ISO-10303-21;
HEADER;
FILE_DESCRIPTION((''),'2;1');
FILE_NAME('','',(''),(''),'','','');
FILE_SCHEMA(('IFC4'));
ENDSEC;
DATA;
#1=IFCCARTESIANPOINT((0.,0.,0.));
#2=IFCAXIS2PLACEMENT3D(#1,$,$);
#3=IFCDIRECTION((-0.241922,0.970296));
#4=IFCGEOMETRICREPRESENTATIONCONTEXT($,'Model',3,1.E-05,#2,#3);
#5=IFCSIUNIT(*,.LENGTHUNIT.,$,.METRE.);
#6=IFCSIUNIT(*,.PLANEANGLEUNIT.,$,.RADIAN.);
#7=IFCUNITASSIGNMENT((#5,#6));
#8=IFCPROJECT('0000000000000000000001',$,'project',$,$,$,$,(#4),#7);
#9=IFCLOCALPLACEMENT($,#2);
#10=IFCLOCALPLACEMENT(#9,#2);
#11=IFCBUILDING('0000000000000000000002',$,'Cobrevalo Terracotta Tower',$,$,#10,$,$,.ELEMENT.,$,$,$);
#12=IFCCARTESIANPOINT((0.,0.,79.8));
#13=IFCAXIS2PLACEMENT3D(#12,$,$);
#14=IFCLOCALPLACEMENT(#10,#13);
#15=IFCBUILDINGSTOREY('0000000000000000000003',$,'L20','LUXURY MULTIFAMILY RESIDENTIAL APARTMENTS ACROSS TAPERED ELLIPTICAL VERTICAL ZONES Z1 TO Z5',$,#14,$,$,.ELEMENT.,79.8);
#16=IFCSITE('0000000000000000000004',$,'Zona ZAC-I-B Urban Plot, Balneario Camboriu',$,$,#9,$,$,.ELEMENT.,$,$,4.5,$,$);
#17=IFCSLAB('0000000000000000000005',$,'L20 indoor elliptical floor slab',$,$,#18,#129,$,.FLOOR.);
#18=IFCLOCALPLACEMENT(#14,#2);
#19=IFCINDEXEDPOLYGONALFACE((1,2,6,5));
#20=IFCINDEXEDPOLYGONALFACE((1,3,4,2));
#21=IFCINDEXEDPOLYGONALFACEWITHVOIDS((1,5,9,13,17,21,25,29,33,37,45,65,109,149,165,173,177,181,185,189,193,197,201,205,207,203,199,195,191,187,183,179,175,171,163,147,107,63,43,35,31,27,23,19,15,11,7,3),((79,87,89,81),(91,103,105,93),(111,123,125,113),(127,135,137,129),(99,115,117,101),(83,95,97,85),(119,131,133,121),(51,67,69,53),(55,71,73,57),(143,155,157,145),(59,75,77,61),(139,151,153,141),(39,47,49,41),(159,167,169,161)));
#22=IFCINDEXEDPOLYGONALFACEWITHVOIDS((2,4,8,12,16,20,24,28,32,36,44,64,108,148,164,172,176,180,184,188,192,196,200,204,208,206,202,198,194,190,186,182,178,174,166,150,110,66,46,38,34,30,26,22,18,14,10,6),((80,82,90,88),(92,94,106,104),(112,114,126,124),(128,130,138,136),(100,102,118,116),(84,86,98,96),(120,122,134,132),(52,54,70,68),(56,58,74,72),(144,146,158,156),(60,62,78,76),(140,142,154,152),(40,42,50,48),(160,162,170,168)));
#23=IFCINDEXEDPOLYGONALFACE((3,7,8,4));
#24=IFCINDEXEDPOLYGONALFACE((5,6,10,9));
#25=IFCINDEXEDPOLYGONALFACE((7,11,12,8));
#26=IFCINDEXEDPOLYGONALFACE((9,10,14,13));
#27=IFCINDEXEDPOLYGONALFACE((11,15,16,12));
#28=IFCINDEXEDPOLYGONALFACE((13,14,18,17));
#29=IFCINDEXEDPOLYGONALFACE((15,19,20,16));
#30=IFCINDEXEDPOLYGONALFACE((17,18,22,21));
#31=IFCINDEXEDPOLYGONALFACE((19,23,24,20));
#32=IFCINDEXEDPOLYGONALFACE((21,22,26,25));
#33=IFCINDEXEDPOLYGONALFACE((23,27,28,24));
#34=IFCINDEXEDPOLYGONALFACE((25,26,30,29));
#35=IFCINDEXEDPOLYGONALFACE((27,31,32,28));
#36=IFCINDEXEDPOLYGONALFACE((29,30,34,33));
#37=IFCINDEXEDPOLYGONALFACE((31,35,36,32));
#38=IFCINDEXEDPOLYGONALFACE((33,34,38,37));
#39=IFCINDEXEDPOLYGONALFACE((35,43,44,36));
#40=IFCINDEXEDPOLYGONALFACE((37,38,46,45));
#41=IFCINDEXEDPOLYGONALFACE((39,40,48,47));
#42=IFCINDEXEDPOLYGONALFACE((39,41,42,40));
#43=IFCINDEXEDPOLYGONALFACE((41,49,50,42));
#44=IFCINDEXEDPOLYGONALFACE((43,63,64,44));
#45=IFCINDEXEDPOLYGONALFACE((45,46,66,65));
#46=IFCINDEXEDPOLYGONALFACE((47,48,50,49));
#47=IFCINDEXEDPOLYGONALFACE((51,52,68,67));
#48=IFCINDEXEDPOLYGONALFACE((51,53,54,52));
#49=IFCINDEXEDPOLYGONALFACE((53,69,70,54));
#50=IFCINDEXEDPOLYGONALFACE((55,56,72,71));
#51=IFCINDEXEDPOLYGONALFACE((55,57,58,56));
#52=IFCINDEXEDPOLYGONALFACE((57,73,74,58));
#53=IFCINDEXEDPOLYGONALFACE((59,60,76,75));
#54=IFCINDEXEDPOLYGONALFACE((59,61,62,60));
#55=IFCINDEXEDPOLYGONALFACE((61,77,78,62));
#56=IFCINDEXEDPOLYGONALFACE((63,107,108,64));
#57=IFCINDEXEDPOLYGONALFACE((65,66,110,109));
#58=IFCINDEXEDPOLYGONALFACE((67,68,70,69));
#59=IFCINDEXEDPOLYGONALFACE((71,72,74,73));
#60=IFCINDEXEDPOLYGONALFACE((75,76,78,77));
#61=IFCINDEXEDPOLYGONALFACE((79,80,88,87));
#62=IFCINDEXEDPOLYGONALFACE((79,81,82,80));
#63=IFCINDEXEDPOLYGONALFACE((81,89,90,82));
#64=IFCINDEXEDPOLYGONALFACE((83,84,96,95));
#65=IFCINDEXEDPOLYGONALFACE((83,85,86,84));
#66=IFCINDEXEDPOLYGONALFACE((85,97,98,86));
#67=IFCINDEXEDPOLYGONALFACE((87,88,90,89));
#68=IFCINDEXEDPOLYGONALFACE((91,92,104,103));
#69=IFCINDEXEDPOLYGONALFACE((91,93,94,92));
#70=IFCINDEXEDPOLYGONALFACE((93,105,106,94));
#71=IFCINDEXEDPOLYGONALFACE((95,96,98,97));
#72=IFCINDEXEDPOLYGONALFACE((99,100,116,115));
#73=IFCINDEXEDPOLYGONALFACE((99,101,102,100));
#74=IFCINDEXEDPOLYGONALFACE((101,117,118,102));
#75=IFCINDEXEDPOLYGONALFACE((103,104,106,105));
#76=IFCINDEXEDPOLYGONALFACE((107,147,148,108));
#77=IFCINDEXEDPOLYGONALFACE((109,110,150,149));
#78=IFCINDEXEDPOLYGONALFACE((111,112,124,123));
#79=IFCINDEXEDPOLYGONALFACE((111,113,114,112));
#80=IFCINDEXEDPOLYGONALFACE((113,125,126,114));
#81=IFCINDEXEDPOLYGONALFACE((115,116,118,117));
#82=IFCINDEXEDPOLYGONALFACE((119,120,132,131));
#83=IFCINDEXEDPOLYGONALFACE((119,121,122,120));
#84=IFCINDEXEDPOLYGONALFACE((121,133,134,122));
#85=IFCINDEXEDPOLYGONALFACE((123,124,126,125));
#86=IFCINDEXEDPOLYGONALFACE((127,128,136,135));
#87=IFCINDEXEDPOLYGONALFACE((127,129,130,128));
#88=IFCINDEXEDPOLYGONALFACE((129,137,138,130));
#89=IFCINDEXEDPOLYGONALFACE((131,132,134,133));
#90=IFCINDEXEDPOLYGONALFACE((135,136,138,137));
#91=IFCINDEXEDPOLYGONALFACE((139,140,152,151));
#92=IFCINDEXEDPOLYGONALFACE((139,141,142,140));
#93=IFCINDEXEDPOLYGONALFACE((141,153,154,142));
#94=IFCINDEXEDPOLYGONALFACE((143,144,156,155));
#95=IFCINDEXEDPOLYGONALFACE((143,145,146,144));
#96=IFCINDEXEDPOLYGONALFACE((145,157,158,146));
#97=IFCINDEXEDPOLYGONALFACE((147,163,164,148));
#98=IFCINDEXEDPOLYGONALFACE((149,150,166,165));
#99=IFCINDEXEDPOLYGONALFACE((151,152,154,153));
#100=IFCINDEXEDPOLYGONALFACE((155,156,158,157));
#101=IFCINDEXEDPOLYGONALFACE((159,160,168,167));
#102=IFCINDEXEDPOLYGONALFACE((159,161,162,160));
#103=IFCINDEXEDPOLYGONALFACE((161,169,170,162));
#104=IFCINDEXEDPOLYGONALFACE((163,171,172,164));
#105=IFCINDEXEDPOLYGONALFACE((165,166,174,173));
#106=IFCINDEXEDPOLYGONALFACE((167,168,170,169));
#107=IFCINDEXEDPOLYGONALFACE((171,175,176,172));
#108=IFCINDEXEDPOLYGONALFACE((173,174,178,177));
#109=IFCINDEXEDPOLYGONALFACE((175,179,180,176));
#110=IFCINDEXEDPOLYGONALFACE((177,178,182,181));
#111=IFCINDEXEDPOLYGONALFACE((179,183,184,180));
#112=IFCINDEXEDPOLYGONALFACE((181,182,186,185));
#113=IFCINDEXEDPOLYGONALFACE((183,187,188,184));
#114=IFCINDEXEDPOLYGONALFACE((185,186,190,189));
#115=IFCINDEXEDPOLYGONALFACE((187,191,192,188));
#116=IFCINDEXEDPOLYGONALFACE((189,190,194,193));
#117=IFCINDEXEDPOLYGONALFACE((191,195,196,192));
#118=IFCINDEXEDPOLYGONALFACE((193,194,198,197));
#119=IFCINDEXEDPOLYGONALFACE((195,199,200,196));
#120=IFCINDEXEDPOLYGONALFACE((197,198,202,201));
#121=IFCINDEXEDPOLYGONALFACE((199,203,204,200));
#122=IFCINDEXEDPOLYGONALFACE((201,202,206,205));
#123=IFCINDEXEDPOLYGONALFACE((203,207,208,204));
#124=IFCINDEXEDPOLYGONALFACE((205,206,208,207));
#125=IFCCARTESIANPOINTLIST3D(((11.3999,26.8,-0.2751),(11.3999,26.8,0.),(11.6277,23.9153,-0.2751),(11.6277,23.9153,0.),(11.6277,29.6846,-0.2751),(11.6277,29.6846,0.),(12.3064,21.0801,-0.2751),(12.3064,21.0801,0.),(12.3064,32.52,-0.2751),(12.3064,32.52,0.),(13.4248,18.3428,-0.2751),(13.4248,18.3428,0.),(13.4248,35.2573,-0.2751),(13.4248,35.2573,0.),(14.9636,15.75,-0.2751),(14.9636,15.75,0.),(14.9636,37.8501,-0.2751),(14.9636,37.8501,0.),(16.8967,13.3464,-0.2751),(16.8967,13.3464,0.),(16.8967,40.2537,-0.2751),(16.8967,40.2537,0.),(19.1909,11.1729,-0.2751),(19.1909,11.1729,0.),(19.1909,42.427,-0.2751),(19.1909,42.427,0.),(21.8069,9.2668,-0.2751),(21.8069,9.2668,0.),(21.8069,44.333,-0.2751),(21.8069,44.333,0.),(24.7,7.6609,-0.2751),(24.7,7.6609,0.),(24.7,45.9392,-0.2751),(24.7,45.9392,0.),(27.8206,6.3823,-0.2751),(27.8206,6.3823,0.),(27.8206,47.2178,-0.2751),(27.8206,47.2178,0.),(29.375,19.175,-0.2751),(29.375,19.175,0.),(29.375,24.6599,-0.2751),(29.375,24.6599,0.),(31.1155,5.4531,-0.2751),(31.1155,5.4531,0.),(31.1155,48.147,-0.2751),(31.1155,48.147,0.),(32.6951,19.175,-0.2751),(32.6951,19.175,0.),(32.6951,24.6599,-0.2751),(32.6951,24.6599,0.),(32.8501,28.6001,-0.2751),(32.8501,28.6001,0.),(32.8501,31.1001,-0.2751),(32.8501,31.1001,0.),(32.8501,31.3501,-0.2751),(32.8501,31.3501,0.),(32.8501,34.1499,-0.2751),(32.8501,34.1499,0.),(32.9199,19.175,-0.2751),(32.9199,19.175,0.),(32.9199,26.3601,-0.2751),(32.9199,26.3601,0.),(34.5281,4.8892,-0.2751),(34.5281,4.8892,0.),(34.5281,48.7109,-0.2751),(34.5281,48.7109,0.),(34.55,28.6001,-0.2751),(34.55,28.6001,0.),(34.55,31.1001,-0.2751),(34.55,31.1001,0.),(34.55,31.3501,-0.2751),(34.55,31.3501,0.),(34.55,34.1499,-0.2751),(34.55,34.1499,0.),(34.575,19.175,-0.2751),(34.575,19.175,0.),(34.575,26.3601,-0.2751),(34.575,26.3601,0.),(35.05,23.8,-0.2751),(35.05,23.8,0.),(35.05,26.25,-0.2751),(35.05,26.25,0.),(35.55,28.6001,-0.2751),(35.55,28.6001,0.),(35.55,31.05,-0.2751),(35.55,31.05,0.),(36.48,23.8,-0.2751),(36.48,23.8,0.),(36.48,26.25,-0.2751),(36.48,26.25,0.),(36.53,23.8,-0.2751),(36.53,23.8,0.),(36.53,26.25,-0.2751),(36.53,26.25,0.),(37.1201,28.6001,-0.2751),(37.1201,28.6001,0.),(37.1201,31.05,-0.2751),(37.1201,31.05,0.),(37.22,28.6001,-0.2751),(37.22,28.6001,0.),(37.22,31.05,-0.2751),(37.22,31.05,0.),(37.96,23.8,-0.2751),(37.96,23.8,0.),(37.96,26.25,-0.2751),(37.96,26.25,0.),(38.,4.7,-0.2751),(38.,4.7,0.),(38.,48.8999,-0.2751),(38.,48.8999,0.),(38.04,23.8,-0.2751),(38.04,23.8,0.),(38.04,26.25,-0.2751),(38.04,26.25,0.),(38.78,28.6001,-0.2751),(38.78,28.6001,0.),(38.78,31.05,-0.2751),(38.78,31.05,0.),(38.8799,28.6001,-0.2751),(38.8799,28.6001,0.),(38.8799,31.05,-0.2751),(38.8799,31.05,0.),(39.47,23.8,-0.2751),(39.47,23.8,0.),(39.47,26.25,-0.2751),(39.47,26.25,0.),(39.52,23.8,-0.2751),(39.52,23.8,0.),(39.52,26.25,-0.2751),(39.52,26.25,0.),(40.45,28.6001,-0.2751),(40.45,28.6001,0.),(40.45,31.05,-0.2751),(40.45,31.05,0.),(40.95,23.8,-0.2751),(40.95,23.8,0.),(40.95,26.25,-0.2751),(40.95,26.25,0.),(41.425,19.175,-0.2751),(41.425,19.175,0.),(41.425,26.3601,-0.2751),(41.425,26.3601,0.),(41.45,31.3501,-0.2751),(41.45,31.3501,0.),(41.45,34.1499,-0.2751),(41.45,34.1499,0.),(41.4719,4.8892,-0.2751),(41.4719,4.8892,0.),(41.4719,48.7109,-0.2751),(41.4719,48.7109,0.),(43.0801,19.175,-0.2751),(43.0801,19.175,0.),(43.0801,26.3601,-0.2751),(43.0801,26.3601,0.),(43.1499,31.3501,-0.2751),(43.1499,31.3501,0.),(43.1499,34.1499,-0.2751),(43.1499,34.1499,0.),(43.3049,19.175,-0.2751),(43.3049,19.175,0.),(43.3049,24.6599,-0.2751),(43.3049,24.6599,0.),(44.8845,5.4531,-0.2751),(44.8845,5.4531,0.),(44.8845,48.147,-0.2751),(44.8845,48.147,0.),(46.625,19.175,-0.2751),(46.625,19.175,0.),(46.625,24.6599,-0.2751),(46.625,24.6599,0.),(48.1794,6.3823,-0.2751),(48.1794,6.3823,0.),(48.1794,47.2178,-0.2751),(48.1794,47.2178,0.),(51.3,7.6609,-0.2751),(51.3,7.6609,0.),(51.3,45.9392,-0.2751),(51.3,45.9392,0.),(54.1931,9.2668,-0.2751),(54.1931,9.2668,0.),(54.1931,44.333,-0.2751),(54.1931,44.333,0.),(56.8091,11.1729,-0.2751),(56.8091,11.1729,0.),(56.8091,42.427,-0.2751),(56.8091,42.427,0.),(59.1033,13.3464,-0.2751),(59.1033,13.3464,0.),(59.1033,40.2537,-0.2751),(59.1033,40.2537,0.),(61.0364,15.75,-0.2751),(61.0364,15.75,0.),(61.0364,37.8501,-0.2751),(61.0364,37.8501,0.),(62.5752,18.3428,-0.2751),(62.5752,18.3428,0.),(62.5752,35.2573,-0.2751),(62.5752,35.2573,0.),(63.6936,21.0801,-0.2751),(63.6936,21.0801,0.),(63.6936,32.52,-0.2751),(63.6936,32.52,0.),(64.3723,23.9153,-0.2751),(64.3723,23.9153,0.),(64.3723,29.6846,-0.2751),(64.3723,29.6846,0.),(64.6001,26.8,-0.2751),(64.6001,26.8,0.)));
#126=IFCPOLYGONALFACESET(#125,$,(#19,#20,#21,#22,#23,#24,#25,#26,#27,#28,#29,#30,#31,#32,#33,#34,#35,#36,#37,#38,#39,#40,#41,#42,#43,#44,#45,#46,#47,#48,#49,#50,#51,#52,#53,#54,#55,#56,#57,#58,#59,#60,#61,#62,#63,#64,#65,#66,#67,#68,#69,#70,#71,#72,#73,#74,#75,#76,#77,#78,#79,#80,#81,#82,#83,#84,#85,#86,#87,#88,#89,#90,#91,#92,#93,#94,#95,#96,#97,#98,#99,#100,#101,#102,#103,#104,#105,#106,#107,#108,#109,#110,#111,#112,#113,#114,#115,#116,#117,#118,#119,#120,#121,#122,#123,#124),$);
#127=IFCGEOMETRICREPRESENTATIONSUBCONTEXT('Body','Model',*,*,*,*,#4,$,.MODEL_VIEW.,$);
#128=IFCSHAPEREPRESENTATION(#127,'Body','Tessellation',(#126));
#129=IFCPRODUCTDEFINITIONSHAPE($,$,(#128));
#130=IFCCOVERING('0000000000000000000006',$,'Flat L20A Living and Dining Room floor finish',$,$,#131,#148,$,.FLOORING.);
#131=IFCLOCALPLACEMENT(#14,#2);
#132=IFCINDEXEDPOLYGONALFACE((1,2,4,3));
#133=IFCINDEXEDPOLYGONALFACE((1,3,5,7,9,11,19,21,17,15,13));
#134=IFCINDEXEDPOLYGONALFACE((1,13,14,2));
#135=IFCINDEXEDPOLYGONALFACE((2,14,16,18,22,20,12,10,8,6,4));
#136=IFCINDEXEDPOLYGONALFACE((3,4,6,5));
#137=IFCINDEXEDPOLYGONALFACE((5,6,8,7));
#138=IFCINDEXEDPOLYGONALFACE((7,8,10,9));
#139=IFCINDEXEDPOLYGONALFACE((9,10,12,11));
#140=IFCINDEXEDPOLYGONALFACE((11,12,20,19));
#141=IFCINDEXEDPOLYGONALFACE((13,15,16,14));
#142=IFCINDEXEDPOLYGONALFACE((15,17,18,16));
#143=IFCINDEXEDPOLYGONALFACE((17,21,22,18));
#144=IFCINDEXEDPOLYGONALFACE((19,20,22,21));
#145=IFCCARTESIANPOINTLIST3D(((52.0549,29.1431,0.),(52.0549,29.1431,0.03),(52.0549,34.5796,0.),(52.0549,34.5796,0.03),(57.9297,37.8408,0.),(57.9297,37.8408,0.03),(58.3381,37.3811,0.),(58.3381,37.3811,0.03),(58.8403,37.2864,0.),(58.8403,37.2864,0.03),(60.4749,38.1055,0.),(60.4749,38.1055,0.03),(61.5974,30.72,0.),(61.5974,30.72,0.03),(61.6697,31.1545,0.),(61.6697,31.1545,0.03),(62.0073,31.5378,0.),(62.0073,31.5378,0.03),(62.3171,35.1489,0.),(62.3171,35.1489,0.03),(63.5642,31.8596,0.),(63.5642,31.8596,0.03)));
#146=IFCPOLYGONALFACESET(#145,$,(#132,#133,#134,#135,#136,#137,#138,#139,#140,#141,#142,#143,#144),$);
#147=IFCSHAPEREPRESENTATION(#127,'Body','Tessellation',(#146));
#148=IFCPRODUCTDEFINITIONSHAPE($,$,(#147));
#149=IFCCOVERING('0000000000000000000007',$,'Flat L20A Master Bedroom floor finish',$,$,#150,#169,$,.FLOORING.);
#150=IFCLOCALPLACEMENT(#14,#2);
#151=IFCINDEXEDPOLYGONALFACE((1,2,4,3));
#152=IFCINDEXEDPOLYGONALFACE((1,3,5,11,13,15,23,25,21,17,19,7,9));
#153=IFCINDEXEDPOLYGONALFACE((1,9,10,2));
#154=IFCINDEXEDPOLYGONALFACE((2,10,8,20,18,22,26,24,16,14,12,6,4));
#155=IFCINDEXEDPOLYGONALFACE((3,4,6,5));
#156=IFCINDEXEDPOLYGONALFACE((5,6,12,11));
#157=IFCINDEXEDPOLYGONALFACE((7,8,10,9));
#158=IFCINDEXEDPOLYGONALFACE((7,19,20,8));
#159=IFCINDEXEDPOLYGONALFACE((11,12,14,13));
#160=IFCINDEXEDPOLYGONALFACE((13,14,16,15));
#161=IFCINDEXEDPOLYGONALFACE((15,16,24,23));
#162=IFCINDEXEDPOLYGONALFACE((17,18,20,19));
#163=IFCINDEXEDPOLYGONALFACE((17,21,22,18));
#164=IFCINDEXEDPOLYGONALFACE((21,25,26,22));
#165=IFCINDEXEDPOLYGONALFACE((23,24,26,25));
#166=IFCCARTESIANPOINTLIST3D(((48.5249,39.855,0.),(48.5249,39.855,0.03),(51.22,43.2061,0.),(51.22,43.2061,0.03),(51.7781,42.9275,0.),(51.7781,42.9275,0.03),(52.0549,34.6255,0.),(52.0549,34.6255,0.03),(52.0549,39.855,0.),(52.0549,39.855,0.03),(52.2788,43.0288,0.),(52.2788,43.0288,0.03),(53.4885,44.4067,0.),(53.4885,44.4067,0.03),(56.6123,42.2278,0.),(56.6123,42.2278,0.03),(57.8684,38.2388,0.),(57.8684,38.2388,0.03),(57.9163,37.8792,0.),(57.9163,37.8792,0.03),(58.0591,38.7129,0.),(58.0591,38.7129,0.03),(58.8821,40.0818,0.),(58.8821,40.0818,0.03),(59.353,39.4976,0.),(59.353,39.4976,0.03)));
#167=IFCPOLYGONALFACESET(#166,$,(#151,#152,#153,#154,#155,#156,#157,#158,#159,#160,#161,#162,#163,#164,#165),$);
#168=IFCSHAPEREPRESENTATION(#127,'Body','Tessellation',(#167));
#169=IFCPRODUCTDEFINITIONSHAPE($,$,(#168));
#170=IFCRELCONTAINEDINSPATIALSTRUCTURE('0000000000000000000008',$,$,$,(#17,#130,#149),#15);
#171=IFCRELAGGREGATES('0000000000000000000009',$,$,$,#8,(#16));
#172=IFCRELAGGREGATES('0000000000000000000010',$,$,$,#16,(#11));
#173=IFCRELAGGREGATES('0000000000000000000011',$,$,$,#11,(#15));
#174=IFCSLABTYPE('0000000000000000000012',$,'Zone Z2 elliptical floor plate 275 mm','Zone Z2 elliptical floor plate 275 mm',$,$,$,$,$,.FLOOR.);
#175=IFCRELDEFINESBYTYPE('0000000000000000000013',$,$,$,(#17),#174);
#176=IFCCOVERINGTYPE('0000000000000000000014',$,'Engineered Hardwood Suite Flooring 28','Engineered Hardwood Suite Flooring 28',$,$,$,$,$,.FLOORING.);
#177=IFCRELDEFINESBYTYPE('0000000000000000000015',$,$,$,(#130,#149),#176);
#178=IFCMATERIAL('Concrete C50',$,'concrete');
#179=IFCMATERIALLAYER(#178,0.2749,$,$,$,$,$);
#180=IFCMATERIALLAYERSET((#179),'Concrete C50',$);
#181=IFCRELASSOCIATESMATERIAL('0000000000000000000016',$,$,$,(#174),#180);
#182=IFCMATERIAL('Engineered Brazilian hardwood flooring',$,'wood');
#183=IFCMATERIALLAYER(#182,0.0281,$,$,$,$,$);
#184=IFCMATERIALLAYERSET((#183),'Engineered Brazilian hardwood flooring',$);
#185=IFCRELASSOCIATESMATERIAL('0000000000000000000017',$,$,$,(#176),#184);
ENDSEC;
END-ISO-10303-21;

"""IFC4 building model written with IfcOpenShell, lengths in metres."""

from ifc_helpers import new_model, si_unit, direction, frame, origin, place, context, subcontext, project, spatial, polyline, outline, extrude, material, layer, layer_set, type_object, element, save


model = new_model("IFC4")

# Units and contexts
model_context = context("Model", 3, precision=1e-05, world=origin(), true_north=direction((-0.241922, 0.970296)))
body_context = subcontext(model_context, "Body", "Model", "MODEL_VIEW")
ifc_project = project(units=[si_unit("LENGTHUNIT", "METRE"), si_unit("PLANEANGLEUNIT", "RADIAN")], contexts=[model_context])

# Site, building, storey
site_placement = place(None, origin())
site = spatial("IfcSite", under=ifc_project, at=site_placement, Name="Zona ZAC-I-B Urban Plot, Balneario Camboriu", CompositionType="ELEMENT", RefElevation=4.5)
building_placement = place(site_placement, origin())
building = spatial("IfcBuilding", under=site, at=building_placement, Name="Cobrevalo Terracotta Tower", CompositionType="ELEMENT")
storey_placement = place(building_placement, frame((0.0, 0.0, 79.8)))
storey = spatial("IfcBuildingStorey", under=building, at=storey_placement, Name="L20", Description="LUXURY MULTIFAMILY RESIDENTIAL APARTMENTS ACROSS TAPERED ELLIPTICAL VERTICAL ZONES Z1 TO Z5", CompositionType="ELEMENT", Elevation=79.8)

# Shared definitions
ifc_material_1 = material(Name="Concrete C50", Category="concrete")

# Slab
ifc_layer_1 = layer(ifc_material_1, 0.2749)
ifc_layer_set_1 = layer_set([ifc_layer_1], Name="Concrete C50")
slab_type_1 = type_object("IfcSlabType", Name="Zone Z2 elliptical floor plate 275 mm", Description="Zone Z2 elliptical floor plate 275 mm", PredefinedType="FLOOR", material=ifc_layer_set_1)
slab_1_placement = place(storey_placement, frame((0.0, 0.0, -0.2751)))
element("IfcSlab", 1, at=slab_1_placement, inside=storey, type_object=slab_type_1, Name="L20 indoor elliptical floor slab", PredefinedType="FLOOR", context=body_context, shape_type="SweptSolid", body=[
    extrude(outline(polyline([(64.3723, 23.9153), (63.6936, 21.0801), (62.5752, 18.3428), (61.0364, 15.75), (59.1033, 13.3464), (56.8091, 11.1729), (54.1931, 9.2668), (51.3, 7.6609), (48.1794, 6.3823), (44.8845, 5.4531), (41.4719, 4.8892), (38.0, 4.7), (34.5281, 4.8892), (31.1155, 5.4531), (27.8206, 6.3823), (24.7, 7.6609), (21.8069, 9.2668), (19.1909, 11.1729), (16.8967, 13.3464), (14.9636, 15.75), (13.4248, 18.3428), (12.3064, 21.0801), (11.6277, 23.9153), (11.3999, 26.8), (11.6277, 29.6846), (12.3064, 32.52), (13.4248, 35.2573), (14.9636, 37.8501), (16.8967, 40.2537), (19.1909, 42.427), (21.8069, 44.333), (24.7, 45.9392), (27.8206, 47.2178), (31.1155, 48.147), (34.5281, 48.7109), (38.0, 48.8999), (41.4719, 48.7109), (44.8845, 48.147), (48.1794, 47.2178), (51.3, 45.9392), (54.1931, 44.333), (56.8091, 42.427), (59.1033, 40.2537), (61.0364, 37.8501), (62.5752, 35.2573), (63.6936, 32.52), (64.3723, 29.6846), (64.6001, 26.8), (64.3723, 23.9153)]), holes=[polyline([(32.6951, 19.175), (32.6951, 24.6599), (29.375, 24.6599), (29.375, 19.175), (32.6951, 19.175)]), polyline([(34.575, 19.175), (34.575, 26.3601), (32.9199, 26.3601), (32.9199, 19.175), (34.575, 19.175)]), polyline([(36.48, 23.8), (36.48, 26.25), (35.05, 26.25), (35.05, 23.8), (36.48, 23.8)]), polyline([(37.96, 23.8), (37.96, 26.25), (36.53, 26.25), (36.53, 23.8), (37.96, 23.8)]), polyline([(37.1201, 28.6001), (37.1201, 31.05), (35.55, 31.05), (35.55, 28.6001), (37.1201, 28.6001)]), polyline([(34.55, 28.6001), (34.55, 31.1001), (32.8501, 31.1001), (32.8501, 28.6001), (34.55, 28.6001)]), polyline([(34.55, 31.3501), (34.55, 34.1499), (32.8501, 34.1499), (32.8501, 31.3501), (34.55, 31.3501)]), polyline([(46.625, 19.175), (46.625, 24.6599), (43.3049, 24.6599), (43.3049, 19.175), (46.625, 19.175)]), polyline([(43.0801, 19.175), (43.0801, 26.3601), (41.425, 26.3601), (41.425, 19.175), (43.0801, 19.175)]), polyline([(39.47, 23.8), (39.47, 26.25), (38.04, 26.25), (38.04, 23.8), (39.47, 23.8)]), polyline([(40.95, 23.8), (40.95, 26.25), (39.52, 26.25), (39.52, 23.8), (40.95, 23.8)]), polyline([(38.78, 28.6001), (38.78, 31.05), (37.22, 31.05), (37.22, 28.6001), (38.78, 28.6001)]), polyline([(40.45, 28.6001), (40.45, 31.05), (38.8799, 31.05), (38.8799, 28.6001), (40.45, 28.6001)]), polyline([(43.1499, 31.3501), (43.1499, 34.1499), (41.45, 34.1499), (41.45, 31.3501), (43.1499, 31.3501)])]), origin(), (0.0, 0.0, 1.0), 0.2751),
])

# Coverings
ifc_material_2 = material(Name="Engineered Brazilian hardwood flooring", Category="wood")
ifc_layer_2 = layer(ifc_material_2, 0.0281)
ifc_layer_set_2 = layer_set([ifc_layer_2], Name="Engineered Brazilian hardwood flooring")
covering_type_1 = type_object("IfcCoveringType", Name="Engineered Hardwood Suite Flooring 28", Description="Engineered Hardwood Suite Flooring 28", PredefinedType="FLOORING", material=ifc_layer_set_2)
covering_1_placement = place(storey_placement, origin())
element("IfcCovering", 2, at=covering_1_placement, inside=storey, type_object=covering_type_1, Name="Flat L20A Living and Dining Room floor finish", PredefinedType="FLOORING", context=body_context, shape_type="SweptSolid", body=[
    extrude(outline(polyline([(62.3171, 35.1489), (63.5642, 31.8596), (62.0073, 31.5378), (61.6697, 31.1545), (61.5974, 30.72), (52.0549, 29.1431), (52.0549, 34.5796), (57.9297, 37.8408), (58.3381, 37.3811), (58.8403, 37.2864), (60.4749, 38.1055), (62.3171, 35.1489)])), origin(), (0.0, 0.0, 1.0), 0.03),
])
covering_2_placement = place(storey_placement, origin())
element("IfcCovering", 3, at=covering_2_placement, inside=storey, type_object=covering_type_1, Name="Flat L20A Master Bedroom floor finish", PredefinedType="FLOORING", context=body_context, shape_type="SweptSolid", body=[
    extrude(outline(polyline([(56.6123, 42.2278), (58.8821, 40.0818), (59.353, 39.4976), (58.0591, 38.7129), (57.8684, 38.2388), (57.9163, 37.8792), (52.0549, 34.6255), (52.0549, 39.855), (48.5249, 39.855), (51.22, 43.2061), (51.7781, 42.9275), (52.2788, 43.0288), (53.4885, 44.4067), (56.6123, 42.2278)])), origin(), (0.0, 0.0, 1.0), 0.03),
])

save(model, "model.ifc")
